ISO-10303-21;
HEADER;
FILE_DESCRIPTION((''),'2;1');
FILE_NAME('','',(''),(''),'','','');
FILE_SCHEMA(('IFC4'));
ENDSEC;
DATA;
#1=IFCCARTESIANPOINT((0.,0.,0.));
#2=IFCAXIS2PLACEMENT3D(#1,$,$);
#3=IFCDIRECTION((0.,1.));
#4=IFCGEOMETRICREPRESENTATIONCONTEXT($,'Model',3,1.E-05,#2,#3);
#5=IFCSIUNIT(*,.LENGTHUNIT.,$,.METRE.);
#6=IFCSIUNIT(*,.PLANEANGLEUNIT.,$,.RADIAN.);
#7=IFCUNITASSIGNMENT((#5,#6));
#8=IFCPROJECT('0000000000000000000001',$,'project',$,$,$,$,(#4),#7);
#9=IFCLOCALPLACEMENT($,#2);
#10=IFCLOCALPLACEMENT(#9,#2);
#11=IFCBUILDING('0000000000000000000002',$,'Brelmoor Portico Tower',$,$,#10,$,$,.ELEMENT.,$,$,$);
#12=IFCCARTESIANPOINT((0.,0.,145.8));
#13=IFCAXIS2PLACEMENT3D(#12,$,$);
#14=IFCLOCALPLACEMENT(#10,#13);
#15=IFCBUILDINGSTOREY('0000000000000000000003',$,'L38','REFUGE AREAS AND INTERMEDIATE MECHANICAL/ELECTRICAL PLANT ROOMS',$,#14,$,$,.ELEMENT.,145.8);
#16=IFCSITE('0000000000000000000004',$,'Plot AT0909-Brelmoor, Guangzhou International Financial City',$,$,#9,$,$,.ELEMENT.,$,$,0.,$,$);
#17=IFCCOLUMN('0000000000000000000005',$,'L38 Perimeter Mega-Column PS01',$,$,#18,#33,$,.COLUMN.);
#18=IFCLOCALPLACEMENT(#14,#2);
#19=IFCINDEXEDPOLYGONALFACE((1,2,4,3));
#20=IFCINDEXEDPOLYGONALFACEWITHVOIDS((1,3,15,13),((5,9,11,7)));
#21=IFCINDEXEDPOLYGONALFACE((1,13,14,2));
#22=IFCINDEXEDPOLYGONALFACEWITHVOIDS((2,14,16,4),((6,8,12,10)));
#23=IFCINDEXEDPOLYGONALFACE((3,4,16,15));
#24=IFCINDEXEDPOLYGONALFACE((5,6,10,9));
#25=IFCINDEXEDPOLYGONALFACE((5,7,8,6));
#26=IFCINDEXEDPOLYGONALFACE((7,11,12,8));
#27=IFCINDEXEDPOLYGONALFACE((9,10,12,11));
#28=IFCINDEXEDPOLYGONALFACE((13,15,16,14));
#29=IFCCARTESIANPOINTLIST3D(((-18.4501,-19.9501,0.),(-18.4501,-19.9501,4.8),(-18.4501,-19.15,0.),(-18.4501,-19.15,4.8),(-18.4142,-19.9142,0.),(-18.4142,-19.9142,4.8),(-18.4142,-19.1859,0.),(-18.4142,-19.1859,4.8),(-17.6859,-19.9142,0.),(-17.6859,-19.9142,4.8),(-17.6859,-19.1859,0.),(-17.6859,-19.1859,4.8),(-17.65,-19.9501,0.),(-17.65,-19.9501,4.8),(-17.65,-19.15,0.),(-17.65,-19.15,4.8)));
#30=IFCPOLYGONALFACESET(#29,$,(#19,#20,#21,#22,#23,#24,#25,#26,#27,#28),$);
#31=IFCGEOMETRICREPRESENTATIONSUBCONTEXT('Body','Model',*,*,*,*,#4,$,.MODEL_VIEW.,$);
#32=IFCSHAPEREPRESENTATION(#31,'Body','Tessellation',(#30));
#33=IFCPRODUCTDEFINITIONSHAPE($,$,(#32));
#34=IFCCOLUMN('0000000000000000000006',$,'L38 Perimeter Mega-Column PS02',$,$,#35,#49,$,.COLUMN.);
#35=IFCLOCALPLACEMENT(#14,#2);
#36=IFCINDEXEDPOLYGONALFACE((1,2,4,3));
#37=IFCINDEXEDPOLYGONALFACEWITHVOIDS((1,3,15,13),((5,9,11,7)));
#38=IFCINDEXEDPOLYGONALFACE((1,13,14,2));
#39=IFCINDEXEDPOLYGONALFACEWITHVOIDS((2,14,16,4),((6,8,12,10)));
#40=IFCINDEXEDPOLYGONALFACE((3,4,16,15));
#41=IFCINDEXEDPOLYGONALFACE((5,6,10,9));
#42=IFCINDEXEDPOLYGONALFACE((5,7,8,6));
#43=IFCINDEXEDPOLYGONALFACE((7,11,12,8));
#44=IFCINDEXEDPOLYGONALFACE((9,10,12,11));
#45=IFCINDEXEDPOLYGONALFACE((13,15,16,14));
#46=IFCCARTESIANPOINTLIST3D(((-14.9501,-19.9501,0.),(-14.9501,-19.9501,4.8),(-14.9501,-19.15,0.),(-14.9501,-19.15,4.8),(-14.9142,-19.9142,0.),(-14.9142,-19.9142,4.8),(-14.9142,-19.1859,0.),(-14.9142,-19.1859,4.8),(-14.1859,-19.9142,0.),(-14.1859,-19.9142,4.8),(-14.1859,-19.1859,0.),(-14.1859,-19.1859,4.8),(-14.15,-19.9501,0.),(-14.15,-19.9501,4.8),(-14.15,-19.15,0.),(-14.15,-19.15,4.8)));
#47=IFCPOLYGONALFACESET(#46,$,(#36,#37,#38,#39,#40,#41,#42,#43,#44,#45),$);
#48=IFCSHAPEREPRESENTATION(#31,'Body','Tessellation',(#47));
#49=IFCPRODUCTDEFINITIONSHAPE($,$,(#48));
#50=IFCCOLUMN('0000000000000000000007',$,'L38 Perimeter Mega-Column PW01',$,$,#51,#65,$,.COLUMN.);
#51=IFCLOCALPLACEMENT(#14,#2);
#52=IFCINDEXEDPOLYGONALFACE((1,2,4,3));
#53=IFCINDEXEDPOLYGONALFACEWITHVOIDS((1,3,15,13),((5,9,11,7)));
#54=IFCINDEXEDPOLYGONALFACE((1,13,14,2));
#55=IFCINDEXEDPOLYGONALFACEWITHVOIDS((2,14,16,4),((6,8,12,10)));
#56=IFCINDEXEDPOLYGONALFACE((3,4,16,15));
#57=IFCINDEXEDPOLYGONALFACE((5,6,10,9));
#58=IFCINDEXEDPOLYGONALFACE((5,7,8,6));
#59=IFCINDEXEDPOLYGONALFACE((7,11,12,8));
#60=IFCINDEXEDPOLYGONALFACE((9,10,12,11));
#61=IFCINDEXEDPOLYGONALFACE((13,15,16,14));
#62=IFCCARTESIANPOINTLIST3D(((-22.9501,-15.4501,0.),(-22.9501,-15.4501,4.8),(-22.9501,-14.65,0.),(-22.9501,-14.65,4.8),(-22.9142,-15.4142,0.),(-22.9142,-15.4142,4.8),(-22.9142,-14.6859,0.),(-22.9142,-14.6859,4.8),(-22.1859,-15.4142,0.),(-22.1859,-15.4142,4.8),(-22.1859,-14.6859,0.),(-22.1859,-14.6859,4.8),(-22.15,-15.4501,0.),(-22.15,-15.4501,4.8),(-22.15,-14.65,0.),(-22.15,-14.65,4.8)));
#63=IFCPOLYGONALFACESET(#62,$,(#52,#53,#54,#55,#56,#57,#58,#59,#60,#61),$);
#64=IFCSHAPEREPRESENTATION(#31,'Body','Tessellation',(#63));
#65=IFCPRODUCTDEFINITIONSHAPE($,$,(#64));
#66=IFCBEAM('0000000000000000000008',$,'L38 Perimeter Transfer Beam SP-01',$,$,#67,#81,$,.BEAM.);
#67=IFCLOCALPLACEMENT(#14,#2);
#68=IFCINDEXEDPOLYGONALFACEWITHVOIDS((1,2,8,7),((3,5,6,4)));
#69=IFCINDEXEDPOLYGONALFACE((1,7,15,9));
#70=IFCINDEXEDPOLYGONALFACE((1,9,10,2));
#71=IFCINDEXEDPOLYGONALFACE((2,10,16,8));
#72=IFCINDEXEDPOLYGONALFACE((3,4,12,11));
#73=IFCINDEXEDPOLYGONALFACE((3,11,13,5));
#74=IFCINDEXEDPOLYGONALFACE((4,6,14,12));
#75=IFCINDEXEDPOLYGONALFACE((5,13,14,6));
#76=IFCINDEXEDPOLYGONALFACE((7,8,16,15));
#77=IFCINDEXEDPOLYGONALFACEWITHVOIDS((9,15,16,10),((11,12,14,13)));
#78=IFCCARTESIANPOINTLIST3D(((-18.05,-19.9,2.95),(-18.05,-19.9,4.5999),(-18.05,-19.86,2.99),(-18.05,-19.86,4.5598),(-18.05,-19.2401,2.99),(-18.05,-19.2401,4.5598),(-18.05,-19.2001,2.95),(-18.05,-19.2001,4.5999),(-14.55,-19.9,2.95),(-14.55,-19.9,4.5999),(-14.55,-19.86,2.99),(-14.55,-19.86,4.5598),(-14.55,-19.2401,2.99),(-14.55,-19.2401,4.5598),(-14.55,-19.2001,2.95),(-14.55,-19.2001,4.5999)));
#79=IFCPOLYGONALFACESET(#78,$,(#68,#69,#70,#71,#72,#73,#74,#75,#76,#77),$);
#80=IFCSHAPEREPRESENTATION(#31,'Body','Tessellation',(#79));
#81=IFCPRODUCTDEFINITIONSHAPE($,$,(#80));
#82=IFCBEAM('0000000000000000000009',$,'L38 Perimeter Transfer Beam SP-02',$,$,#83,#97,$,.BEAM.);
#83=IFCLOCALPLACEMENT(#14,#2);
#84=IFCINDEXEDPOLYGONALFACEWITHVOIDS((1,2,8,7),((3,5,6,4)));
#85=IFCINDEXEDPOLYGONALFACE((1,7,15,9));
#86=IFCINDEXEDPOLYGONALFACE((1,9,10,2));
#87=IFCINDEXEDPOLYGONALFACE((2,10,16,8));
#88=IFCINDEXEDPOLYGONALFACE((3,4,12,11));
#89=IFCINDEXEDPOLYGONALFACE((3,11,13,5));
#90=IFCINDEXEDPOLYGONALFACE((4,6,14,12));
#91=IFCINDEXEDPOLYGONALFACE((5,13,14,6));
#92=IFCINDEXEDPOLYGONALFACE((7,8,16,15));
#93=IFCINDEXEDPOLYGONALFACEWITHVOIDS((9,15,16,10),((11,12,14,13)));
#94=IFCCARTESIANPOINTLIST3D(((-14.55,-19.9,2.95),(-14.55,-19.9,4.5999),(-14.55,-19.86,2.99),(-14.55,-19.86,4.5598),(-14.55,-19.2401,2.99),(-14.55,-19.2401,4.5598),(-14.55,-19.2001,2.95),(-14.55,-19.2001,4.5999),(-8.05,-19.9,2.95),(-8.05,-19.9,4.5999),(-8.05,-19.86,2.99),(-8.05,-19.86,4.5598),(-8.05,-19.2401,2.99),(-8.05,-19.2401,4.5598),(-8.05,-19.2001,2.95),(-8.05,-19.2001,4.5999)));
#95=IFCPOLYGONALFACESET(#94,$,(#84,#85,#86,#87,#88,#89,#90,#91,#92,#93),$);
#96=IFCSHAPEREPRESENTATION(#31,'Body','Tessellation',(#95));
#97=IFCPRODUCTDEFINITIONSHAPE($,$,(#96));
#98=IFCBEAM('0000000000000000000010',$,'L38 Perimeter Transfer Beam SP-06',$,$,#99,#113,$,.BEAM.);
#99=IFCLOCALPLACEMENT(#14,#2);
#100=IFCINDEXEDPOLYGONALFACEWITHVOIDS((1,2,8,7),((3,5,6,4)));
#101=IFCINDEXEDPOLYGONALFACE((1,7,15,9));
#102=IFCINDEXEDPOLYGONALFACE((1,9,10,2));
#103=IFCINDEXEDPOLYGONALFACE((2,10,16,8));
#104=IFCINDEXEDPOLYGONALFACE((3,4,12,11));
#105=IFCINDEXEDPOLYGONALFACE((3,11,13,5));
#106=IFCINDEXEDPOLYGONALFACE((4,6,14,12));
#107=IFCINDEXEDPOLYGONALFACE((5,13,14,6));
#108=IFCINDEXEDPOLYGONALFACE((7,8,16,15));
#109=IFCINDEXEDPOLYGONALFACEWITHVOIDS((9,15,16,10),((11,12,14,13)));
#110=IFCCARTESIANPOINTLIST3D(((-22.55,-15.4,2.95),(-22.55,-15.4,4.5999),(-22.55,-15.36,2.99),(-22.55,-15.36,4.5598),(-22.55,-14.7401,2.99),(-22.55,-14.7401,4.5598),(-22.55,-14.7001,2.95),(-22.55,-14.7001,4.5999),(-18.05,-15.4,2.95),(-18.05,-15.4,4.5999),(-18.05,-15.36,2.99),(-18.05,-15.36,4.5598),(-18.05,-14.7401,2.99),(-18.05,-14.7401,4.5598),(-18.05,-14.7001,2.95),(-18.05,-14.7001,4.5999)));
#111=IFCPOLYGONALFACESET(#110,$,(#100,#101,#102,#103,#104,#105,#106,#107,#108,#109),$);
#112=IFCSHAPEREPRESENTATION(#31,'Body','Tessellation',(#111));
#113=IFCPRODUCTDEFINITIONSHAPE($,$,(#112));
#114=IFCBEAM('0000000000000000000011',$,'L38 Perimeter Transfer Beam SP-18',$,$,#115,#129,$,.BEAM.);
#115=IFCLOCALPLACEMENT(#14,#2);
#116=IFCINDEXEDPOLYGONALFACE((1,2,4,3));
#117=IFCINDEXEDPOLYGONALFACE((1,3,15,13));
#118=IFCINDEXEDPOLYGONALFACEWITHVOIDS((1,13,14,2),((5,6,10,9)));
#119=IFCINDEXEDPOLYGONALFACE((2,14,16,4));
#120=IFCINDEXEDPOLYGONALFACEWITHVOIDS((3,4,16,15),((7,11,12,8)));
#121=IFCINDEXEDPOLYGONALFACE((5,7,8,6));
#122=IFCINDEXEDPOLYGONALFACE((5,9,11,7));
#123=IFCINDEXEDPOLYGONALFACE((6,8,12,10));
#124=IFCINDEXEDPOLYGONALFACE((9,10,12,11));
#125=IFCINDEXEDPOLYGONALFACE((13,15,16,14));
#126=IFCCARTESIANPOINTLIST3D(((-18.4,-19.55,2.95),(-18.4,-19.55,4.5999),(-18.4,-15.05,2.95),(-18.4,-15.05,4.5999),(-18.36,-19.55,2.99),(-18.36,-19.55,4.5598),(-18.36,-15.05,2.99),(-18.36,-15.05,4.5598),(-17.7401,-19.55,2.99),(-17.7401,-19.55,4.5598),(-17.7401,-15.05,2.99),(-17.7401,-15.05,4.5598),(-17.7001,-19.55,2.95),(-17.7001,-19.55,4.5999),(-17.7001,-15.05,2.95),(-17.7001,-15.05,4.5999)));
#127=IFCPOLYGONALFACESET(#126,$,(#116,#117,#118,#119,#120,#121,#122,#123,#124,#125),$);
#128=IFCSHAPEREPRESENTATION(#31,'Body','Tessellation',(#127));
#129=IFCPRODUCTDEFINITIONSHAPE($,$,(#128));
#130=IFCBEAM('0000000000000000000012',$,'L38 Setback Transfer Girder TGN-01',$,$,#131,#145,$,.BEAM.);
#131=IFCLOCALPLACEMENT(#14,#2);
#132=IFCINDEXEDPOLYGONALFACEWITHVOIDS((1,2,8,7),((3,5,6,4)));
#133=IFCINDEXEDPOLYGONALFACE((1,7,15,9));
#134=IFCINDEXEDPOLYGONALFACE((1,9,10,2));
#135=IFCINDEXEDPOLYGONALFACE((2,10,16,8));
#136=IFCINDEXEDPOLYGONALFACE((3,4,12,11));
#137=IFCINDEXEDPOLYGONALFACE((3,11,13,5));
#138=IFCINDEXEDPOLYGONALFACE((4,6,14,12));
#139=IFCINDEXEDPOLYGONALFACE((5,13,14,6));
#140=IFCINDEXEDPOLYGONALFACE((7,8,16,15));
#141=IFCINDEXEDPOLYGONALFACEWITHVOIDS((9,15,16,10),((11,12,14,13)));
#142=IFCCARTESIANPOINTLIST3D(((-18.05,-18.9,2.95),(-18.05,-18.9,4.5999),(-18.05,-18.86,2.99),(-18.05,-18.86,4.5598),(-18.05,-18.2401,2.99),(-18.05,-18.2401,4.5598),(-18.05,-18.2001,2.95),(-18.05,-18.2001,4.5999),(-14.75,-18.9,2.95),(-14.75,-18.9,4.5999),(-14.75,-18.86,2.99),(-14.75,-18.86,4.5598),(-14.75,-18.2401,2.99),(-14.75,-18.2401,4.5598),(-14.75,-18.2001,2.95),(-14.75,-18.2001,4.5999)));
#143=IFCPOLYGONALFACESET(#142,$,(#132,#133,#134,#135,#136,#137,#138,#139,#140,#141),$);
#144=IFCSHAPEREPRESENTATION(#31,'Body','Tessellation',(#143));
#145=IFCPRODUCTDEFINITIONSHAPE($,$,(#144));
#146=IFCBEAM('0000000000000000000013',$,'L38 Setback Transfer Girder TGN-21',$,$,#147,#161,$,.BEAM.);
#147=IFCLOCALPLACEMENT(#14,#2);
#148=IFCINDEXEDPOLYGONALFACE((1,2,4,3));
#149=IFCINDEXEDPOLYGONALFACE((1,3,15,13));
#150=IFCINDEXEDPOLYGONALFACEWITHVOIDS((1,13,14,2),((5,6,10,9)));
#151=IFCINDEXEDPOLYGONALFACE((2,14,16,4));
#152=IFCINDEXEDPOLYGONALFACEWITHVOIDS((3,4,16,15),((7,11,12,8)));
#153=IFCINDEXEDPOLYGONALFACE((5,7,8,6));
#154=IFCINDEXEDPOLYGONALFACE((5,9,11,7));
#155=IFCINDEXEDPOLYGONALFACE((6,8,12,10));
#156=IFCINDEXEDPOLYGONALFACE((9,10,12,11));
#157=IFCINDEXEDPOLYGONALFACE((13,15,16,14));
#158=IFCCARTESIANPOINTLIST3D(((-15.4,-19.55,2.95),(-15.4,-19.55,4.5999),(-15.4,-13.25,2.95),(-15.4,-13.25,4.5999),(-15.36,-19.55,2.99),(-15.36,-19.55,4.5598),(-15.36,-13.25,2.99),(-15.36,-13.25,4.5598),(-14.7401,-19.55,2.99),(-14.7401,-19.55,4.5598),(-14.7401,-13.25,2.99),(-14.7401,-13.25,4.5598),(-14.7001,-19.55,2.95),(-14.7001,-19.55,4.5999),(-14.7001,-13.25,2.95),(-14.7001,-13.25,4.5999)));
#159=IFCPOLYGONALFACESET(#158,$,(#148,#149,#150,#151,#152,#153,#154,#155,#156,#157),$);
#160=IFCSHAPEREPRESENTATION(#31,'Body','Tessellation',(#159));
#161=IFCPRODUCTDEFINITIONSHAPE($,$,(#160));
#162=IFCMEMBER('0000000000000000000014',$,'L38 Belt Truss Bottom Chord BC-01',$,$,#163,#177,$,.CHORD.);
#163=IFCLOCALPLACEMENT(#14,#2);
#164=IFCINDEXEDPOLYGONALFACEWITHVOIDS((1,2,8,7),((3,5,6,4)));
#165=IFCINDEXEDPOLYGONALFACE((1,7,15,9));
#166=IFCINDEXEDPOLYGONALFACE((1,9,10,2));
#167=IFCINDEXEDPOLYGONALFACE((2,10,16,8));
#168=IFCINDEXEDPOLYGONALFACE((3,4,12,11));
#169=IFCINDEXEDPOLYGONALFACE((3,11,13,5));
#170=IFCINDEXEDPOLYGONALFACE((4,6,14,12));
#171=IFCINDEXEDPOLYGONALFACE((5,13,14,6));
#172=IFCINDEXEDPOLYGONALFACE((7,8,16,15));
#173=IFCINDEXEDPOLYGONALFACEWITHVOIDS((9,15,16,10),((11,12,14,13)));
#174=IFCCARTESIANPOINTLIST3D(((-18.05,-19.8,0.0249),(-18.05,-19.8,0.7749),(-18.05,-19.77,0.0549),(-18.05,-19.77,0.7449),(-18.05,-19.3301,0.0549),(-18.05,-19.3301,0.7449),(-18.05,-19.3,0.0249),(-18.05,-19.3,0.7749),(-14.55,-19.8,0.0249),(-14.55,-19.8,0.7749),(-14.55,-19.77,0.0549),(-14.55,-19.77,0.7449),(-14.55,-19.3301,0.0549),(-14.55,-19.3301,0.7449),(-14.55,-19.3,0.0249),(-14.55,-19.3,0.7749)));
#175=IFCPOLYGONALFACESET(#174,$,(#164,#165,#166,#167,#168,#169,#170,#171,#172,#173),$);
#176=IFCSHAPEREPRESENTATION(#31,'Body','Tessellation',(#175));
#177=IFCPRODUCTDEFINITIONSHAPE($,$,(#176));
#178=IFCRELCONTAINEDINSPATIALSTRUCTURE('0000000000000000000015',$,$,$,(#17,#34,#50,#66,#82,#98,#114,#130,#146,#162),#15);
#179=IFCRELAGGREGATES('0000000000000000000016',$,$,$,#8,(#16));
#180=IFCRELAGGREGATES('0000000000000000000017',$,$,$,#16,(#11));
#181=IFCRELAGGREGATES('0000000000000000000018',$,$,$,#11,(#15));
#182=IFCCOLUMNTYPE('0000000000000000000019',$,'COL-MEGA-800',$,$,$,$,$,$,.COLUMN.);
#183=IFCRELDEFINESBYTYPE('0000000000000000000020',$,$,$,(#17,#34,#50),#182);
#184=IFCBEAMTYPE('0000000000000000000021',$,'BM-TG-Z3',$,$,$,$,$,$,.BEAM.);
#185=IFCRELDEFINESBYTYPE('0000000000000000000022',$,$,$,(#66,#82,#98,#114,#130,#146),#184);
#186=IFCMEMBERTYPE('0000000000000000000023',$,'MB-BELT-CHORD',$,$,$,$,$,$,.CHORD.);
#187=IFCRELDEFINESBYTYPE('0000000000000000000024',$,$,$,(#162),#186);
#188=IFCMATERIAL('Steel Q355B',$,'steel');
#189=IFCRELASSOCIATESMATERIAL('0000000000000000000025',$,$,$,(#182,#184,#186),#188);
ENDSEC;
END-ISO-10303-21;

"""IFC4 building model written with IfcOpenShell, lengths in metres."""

from ifc_helpers import new_model, si_unit, direction, frame, origin, origin_2d, place, context, subcontext, project, spatial, hollow_rectangle, extrude, material, material_profile, profile_set, type_object, element, save


model = new_model("IFC4")

# Units and contexts
model_context = context("Model", 3, precision=1e-05, world=origin(), true_north=direction((0.0, 1.0)))
body_context = subcontext(model_context, "Body", "Model", "MODEL_VIEW")
ifc_project = project(units=[si_unit("LENGTHUNIT", "METRE"), si_unit("PLANEANGLEUNIT", "RADIAN")], contexts=[model_context])

# Site, building, storey
site_placement = place(None, origin())
site = spatial("IfcSite", under=ifc_project, at=site_placement, Name="Plot AT0909-Brelmoor, Guangzhou International Financial City", CompositionType="ELEMENT", RefElevation=0.0)
building_placement = place(site_placement, origin())
building = spatial("IfcBuilding", under=site, at=building_placement, Name="Brelmoor Portico Tower", CompositionType="ELEMENT")
storey_placement = place(building_placement, frame((0.0, 0.0, 145.8)))
storey = spatial("IfcBuildingStorey", under=building, at=storey_placement, Name="L38", Description="REFUGE AREAS AND INTERMEDIATE MECHANICAL/ELECTRICAL PLANT ROOMS", CompositionType="ELEMENT", Elevation=145.8)

# Columns
ifc_material_1 = material(Name="Steel Q355B", Category="steel")
ifc_material_profile_1 = material_profile(ifc_material_1, hollow_rectangle(XDim=0.8, YDim=0.8, WallThickness=0.0359, at=origin_2d()), Name="BOX 800x800x36")
ifc_profile_set_1 = profile_set([ifc_material_profile_1], Name="Steel Q355B")
column_type = type_object("IfcColumnType", Name="COL-MEGA-800", PredefinedType="COLUMN", material=ifc_profile_set_1)
for number, where, z_axis, x_axis, name in (
    (1, (-18.05, -19.55, 0.0), (0.0, 0.0, 1.0), (1.0, 0.0, 0.0), "L38 Perimeter Mega-Column PS01"),
    (2, (-14.55, -19.55, 0.0), (0.0, 0.0, 1.0), (1.0, 0.0, 0.0), "L38 Perimeter Mega-Column PS02"),
    (3, (-22.55, -15.05, 0.0), (0.0, 0.0, 1.0), (0.0, 1.0, 0.0), "L38 Perimeter Mega-Column PW01"),
):
    element("IfcColumn", number, at=place(storey_placement, frame(where, z_axis=z_axis, x_axis=x_axis)), inside=storey, type_object=column_type, Name=name, PredefinedType="COLUMN", context=body_context, shape_type="SweptSolid", body=[
        extrude(hollow_rectangle(XDim=0.8, YDim=0.8, WallThickness=0.0359, at=origin_2d()), origin(), (0.0, 0.0, 1.0), 4.8),
    ])

# Beams
ifc_material_profile_2 = material_profile(ifc_material_1, hollow_rectangle(XDim=0.7, YDim=1.6499, WallThickness=0.04, at=origin_2d()), Name="BOX 700x1650x40")
ifc_profile_set_2 = profile_set([ifc_material_profile_2], Name="Steel Q355B")
beam_type = type_object("IfcBeamType", Name="BM-TG-Z3", PredefinedType="BEAM", material=ifc_profile_set_2)
beam_1_placement = place(storey_placement, frame((-18.05, -19.55, 3.7749), z_axis=(1.0, 0.0, 0.0), x_axis=(0.0, 1.0, 0.0)))
element("IfcBeam", 4, at=beam_1_placement, inside=storey, type_object=beam_type, Name="L38 Perimeter Transfer Beam SP-01", PredefinedType="BEAM", context=body_context, shape_type="SweptSolid", body=[
    extrude(hollow_rectangle(XDim=0.7, YDim=1.6499, WallThickness=0.04, at=origin_2d()), origin(), (0.0, 0.0, 1.0), 3.5),
])
beam_2_placement = place(storey_placement, frame((-14.55, -19.55, 3.7749), z_axis=(1.0, 0.0, 0.0), x_axis=(0.0, 1.0, 0.0)))
element("IfcBeam", 5, at=beam_2_placement, inside=storey, type_object=beam_type, Name="L38 Perimeter Transfer Beam SP-02", PredefinedType="BEAM", context=body_context, shape_type="SweptSolid", body=[
    extrude(hollow_rectangle(XDim=0.7, YDim=1.6499, WallThickness=0.04, at=origin_2d()), origin(), (0.0, 0.0, 1.0), 6.5),
])
for number, where, z_axis, x_axis, name in (
    (6, (-22.55, -15.05, 3.7749), (1.0, 0.0, 0.0), (0.0, 1.0, 0.0), "L38 Perimeter Transfer Beam SP-06"),
    (7, (-18.05, -19.55, 3.7749), (0.0, 1.0, 0.0), (-1.0, 0.0, 0.0), "L38 Perimeter Transfer Beam SP-18"),
):
    element("IfcBeam", number, at=place(storey_placement, frame(where, z_axis=z_axis, x_axis=x_axis)), inside=storey, type_object=beam_type, Name=name, PredefinedType="BEAM", context=body_context, shape_type="SweptSolid", body=[
        extrude(hollow_rectangle(XDim=0.7, YDim=1.6499, WallThickness=0.04, at=origin_2d()), origin(), (0.0, 0.0, 1.0), 4.5),
    ])
beam_3_placement = place(storey_placement, frame((-18.05, -18.55, 3.7749), z_axis=(1.0, 0.0, 0.0), x_axis=(0.0, 1.0, 0.0)))
element("IfcBeam", 8, at=beam_3_placement, inside=storey, type_object=beam_type, Name="L38 Setback Transfer Girder TGN-01", PredefinedType="BEAM", context=body_context, shape_type="SweptSolid", body=[
    extrude(hollow_rectangle(XDim=0.7, YDim=1.6499, WallThickness=0.04, at=origin_2d()), origin(), (0.0, 0.0, 1.0), 3.3),
])
beam_4_placement = place(storey_placement, frame((-15.05, -19.55, 3.7749), z_axis=(0.0, 1.0, 0.0), x_axis=(-1.0, 0.0, 0.0)))
element("IfcBeam", 9, at=beam_4_placement, inside=storey, type_object=beam_type, Name="L38 Setback Transfer Girder TGN-21", PredefinedType="BEAM", context=body_context, shape_type="SweptSolid", body=[
    extrude(hollow_rectangle(XDim=0.7, YDim=1.6499, WallThickness=0.04, at=origin_2d()), origin(), (0.0, 0.0, 1.0), 6.3),
])

# Member
ifc_material_profile_3 = material_profile(ifc_material_1, hollow_rectangle(XDim=0.5, YDim=0.75, WallThickness=0.03, at=origin_2d()), Name="RHS 500x750x30")
ifc_profile_set_3 = profile_set([ifc_material_profile_3], Name="Steel Q355B")
member_type_1 = type_object("IfcMemberType", Name="MB-BELT-CHORD", PredefinedType="CHORD", material=ifc_profile_set_3)
member_1_placement = place(storey_placement, frame((-18.05, -19.55, 0.3999), z_axis=(1.0, 0.0, 0.0), x_axis=(0.0, 1.0, 0.0)))
element("IfcMember", 10, at=member_1_placement, inside=storey, type_object=member_type_1, Name="L38 Belt Truss Bottom Chord BC-01", PredefinedType="CHORD", context=body_context, shape_type="SweptSolid", body=[
    extrude(hollow_rectangle(XDim=0.5, YDim=0.75, WallThickness=0.03, at=origin_2d()), origin(), (0.0, 0.0, 1.0), 3.5),
])

save(model, "model.ifc")
